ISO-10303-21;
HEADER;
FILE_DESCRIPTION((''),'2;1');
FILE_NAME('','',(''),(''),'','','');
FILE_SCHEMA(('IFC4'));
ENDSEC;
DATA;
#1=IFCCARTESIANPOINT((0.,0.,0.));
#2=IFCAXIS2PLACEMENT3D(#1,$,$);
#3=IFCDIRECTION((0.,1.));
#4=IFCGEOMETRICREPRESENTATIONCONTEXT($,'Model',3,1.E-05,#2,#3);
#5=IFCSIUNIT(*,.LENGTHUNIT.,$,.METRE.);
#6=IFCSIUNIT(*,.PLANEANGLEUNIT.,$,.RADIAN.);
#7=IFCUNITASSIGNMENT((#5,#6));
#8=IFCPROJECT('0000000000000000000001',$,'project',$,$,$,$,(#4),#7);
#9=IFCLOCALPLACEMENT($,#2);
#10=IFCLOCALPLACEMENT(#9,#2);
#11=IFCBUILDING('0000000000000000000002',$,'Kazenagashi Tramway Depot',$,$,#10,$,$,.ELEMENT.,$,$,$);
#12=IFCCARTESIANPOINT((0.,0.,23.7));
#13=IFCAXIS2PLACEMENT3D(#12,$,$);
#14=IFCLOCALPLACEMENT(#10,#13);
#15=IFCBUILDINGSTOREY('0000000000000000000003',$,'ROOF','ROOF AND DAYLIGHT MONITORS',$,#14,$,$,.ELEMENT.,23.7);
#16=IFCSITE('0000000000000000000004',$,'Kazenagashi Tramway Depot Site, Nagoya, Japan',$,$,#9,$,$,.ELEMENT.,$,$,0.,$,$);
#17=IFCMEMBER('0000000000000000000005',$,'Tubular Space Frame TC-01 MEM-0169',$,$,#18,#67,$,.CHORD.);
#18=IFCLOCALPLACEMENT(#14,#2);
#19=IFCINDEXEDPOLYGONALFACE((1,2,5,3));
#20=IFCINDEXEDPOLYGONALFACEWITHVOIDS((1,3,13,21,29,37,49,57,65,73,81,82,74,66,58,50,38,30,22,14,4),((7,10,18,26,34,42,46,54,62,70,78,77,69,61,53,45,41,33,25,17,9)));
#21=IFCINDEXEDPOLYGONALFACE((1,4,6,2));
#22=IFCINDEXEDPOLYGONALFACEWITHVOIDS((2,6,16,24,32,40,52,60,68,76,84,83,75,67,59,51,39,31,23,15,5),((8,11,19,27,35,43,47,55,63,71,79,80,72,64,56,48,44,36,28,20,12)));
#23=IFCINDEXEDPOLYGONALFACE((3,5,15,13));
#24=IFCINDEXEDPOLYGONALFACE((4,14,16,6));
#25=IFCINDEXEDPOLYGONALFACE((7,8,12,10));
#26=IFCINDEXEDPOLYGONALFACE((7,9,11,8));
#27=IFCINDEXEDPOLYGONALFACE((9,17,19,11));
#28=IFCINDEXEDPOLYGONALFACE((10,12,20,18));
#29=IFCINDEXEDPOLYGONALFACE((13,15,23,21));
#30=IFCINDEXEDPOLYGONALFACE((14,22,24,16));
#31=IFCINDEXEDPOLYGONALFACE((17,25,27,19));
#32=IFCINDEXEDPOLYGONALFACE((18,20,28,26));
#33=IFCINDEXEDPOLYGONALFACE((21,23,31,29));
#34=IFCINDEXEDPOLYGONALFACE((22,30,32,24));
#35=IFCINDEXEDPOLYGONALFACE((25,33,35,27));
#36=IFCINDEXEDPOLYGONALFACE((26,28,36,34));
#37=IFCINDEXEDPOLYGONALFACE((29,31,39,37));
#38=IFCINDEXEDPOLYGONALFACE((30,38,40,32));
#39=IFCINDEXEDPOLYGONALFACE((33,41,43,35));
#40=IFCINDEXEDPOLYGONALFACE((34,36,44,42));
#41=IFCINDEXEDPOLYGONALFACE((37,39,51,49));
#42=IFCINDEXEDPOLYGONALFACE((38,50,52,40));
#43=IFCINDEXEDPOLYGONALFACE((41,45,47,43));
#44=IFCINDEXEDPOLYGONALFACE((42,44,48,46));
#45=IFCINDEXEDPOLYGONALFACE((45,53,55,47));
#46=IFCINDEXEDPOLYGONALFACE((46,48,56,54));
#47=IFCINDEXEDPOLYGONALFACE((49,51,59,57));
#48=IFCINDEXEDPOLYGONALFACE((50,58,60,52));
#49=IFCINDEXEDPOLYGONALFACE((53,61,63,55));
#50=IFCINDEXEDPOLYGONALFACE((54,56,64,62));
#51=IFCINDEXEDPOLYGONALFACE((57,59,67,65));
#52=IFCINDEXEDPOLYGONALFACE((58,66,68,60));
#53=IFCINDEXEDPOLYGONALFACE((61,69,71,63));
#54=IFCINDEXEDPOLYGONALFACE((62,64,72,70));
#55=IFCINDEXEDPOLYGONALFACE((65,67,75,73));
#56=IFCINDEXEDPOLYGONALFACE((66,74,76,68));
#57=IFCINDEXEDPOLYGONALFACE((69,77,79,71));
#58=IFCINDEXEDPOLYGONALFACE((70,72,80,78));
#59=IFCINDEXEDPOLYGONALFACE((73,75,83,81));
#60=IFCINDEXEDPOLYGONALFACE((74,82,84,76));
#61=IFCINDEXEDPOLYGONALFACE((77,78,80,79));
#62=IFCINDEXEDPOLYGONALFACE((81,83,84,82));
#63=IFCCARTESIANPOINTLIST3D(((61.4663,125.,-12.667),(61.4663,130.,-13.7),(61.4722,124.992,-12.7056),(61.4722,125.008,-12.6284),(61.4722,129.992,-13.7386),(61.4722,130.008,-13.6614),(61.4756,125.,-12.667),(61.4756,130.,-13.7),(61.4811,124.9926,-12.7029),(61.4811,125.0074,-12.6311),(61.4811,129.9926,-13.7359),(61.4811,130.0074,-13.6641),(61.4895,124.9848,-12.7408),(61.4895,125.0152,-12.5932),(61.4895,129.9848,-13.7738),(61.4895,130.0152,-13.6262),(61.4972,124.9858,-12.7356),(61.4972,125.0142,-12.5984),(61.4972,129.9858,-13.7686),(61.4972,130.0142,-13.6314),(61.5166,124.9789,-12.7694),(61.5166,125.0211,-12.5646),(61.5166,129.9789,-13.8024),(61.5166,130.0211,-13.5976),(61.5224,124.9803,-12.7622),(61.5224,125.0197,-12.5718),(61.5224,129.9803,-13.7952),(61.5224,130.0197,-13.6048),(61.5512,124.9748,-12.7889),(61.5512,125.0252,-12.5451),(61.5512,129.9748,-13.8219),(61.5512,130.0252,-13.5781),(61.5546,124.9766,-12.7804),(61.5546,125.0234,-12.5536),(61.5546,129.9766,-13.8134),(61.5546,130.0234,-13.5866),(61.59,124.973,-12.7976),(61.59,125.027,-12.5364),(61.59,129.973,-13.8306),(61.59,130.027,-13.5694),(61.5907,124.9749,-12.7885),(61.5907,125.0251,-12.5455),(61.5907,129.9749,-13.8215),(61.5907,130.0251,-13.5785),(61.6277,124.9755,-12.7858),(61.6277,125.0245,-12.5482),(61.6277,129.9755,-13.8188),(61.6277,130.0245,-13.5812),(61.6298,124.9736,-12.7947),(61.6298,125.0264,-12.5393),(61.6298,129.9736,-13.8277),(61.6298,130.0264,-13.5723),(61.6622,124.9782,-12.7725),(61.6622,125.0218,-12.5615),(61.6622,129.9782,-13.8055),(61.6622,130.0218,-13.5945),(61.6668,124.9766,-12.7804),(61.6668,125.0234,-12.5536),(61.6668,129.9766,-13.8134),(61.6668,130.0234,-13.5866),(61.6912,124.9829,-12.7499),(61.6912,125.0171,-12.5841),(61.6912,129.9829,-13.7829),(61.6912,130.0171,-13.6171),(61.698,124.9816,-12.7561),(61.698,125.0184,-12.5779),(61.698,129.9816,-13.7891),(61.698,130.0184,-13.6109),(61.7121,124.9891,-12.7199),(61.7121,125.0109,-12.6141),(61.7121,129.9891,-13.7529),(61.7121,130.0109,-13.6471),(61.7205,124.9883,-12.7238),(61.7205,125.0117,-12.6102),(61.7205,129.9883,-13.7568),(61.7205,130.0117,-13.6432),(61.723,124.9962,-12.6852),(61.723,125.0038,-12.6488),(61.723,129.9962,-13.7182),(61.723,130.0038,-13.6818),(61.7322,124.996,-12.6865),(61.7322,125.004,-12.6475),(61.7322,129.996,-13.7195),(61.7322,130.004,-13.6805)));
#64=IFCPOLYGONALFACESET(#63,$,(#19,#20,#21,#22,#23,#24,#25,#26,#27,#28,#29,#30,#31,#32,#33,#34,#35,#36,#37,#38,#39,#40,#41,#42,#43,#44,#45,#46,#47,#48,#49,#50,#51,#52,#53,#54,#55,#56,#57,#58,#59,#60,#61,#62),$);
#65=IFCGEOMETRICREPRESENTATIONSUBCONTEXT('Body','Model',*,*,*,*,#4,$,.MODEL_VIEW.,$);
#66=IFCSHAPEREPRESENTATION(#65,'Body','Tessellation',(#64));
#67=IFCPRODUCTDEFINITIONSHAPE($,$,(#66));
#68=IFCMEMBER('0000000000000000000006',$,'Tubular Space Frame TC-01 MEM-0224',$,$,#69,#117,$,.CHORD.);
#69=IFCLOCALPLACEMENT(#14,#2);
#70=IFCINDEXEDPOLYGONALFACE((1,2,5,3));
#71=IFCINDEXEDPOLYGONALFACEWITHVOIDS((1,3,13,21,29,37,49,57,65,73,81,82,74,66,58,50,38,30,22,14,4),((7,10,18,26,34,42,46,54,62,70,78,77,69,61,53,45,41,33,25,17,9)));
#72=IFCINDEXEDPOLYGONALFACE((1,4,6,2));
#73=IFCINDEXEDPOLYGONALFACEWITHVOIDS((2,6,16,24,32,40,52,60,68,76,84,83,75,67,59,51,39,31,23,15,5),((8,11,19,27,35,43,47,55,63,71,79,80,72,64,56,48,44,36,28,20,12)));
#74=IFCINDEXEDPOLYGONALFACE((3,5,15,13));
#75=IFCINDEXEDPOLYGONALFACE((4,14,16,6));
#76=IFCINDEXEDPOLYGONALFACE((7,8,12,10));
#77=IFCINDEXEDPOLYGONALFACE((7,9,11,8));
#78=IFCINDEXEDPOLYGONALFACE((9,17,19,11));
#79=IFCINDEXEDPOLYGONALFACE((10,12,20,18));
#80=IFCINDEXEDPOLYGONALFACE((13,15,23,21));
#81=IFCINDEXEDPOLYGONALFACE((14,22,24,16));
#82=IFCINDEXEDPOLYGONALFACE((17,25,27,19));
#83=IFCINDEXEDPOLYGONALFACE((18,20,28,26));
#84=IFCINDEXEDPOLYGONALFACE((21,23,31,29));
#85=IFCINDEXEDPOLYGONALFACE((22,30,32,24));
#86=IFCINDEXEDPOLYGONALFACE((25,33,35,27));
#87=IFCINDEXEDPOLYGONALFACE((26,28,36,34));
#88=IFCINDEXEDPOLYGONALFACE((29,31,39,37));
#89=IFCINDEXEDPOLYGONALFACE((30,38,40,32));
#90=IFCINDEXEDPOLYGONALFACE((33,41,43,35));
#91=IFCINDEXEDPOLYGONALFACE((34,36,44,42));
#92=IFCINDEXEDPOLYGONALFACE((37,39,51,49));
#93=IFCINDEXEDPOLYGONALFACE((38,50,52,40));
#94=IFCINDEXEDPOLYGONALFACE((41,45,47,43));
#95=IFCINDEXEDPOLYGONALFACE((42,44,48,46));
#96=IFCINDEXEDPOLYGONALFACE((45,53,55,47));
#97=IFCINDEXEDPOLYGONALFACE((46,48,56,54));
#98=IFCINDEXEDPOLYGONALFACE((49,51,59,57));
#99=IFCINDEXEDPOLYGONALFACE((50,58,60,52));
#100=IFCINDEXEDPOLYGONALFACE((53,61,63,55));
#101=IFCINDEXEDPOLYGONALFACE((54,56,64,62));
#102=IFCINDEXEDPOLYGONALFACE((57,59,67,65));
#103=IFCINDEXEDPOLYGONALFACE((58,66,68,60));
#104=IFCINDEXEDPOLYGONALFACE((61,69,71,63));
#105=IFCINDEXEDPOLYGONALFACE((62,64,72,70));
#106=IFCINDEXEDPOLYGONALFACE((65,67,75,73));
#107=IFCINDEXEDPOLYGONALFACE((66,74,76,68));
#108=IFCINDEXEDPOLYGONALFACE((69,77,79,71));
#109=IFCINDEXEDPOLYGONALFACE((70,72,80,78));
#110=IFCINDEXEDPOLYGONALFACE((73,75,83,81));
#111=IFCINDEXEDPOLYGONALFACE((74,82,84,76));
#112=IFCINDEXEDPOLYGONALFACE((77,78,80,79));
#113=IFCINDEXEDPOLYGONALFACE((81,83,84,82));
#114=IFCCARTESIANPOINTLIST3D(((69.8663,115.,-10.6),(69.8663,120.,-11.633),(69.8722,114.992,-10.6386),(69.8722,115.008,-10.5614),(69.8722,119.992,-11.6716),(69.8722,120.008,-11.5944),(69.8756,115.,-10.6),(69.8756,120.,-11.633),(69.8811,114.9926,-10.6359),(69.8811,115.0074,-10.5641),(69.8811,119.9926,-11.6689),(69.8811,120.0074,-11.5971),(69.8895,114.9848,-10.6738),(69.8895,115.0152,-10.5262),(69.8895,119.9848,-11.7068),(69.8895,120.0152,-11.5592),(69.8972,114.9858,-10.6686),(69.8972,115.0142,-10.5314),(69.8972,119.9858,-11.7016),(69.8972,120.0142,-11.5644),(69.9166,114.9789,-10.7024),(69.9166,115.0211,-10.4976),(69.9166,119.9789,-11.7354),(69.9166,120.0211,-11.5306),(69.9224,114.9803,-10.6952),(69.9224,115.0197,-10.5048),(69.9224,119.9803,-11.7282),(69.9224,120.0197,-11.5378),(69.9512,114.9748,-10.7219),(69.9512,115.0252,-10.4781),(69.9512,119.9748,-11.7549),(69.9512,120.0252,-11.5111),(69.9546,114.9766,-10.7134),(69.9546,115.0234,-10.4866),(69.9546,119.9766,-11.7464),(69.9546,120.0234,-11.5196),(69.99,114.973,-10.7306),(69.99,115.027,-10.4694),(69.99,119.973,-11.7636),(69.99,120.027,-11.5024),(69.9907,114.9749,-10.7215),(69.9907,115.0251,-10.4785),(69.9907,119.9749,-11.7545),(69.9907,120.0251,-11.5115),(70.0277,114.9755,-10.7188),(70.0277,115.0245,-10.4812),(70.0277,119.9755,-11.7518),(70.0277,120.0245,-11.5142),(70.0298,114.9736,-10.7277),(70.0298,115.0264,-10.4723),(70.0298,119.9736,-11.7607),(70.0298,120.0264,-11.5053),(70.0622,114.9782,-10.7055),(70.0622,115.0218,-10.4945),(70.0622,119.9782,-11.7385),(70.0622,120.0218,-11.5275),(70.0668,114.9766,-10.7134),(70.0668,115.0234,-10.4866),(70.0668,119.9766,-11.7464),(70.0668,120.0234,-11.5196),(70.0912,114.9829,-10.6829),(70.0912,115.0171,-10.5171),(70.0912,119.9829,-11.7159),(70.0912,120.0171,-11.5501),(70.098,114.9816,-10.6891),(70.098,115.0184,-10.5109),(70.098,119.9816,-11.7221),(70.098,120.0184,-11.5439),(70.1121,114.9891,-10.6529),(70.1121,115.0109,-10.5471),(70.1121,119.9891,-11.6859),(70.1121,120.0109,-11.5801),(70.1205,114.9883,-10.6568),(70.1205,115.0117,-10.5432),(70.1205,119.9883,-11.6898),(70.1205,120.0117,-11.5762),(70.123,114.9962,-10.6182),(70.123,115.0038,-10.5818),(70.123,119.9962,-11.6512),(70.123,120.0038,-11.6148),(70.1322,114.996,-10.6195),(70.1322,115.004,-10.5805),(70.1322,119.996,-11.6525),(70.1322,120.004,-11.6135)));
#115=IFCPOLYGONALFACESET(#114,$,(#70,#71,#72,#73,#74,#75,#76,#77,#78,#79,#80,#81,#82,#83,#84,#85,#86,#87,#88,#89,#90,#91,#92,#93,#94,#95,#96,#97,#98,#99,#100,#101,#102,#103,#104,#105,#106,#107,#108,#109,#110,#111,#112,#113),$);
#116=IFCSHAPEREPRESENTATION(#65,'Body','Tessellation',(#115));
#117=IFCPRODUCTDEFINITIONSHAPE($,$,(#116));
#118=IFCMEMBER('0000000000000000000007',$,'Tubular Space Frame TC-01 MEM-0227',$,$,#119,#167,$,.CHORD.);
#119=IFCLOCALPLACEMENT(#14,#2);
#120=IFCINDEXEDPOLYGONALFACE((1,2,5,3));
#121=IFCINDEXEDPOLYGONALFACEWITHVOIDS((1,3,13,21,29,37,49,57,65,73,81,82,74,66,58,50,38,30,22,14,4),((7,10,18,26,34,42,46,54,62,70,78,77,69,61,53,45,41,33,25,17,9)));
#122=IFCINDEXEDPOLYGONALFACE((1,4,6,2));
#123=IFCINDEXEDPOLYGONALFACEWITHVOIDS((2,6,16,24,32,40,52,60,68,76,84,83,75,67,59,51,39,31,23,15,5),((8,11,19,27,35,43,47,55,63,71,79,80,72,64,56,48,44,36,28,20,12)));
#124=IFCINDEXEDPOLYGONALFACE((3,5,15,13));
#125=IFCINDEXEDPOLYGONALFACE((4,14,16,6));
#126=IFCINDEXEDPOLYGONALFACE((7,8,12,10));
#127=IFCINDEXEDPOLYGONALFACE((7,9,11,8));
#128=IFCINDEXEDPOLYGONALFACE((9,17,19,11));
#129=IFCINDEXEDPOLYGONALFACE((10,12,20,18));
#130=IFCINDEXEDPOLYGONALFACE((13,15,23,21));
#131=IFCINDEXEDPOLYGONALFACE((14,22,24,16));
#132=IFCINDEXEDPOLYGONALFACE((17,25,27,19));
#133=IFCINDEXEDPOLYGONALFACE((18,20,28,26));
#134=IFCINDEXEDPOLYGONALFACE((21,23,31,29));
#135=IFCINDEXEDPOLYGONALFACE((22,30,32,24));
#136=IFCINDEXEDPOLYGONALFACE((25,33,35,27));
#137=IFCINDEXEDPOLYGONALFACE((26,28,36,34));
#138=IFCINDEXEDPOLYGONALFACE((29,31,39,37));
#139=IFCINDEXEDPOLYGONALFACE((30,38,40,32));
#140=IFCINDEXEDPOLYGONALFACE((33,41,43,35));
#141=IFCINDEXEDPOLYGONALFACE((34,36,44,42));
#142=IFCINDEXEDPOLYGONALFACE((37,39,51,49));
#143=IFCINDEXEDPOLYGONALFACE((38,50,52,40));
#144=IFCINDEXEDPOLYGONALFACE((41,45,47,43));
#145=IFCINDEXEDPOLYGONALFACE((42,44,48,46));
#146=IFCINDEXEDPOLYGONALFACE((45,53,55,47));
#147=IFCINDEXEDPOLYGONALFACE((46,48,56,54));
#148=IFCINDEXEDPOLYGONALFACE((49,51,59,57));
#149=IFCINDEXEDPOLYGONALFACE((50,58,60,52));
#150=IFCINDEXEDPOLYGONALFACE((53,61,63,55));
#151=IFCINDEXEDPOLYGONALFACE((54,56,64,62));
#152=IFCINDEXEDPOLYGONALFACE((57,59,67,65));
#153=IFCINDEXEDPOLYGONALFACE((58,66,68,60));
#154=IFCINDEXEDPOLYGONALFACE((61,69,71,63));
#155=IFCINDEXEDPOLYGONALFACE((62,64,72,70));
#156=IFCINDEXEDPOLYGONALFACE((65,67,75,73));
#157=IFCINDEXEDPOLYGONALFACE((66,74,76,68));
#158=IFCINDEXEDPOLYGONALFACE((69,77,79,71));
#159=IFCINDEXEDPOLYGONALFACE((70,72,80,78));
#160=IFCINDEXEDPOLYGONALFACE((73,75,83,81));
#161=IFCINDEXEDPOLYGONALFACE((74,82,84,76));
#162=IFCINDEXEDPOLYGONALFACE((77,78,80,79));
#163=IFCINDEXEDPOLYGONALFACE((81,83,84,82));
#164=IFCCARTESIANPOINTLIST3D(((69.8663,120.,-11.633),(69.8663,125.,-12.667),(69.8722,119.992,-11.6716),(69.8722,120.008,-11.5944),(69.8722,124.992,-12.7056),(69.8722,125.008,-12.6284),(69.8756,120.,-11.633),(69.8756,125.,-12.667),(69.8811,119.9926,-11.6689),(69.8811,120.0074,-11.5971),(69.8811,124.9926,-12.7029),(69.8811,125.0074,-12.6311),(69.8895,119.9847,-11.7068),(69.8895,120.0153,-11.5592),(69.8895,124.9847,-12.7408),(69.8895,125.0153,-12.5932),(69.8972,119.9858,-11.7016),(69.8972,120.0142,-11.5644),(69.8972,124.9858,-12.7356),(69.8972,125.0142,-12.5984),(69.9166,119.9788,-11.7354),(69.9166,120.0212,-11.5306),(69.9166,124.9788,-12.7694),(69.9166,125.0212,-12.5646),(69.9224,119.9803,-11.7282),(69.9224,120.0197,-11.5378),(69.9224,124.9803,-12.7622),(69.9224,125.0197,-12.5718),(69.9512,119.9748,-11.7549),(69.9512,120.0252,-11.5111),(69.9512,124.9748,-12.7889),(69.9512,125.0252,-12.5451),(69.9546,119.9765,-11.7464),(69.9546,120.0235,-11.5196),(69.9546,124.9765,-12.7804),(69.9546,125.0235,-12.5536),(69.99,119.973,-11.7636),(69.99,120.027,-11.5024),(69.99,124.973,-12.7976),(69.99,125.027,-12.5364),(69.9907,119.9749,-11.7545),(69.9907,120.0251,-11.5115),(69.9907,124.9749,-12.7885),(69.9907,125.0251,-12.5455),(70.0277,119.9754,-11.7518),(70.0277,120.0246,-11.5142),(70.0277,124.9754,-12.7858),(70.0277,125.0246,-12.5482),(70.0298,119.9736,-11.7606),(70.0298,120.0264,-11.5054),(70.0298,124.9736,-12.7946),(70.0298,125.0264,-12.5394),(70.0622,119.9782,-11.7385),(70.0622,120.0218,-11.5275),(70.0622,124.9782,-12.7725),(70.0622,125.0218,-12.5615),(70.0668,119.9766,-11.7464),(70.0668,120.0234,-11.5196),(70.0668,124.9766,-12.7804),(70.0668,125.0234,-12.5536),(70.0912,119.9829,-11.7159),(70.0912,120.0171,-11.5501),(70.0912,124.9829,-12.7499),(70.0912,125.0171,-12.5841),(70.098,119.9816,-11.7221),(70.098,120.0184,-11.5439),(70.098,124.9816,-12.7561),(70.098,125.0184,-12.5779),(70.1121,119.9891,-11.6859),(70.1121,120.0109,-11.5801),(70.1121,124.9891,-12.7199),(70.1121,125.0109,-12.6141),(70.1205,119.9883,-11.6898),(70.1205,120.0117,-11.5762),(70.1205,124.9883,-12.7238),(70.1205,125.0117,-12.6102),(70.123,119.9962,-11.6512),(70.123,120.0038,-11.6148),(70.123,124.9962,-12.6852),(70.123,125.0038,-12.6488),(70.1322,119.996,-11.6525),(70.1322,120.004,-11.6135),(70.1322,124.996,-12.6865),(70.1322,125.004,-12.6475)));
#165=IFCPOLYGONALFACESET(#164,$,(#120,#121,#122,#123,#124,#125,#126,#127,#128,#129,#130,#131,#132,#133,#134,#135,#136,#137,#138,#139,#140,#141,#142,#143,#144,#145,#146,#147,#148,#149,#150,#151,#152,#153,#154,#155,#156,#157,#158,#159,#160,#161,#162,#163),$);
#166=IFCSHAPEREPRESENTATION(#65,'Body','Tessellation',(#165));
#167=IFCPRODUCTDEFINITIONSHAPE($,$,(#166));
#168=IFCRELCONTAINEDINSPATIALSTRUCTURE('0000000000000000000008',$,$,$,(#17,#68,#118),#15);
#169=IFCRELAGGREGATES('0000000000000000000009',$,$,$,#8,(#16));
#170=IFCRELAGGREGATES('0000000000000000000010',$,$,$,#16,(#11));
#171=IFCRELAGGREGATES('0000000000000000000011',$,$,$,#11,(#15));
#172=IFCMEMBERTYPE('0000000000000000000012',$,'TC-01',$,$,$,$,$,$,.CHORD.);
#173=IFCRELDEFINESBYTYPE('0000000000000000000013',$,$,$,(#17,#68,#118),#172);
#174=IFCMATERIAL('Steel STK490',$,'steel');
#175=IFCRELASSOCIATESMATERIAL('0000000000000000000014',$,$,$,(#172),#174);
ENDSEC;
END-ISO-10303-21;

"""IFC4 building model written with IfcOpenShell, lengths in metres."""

from ifc_helpers import new_model, si_unit, direction, frame, origin, origin_2d, place, context, subcontext, project, spatial, hollow_circle, extrude, material, material_profile, profile_set, type_object, element, save


model = new_model("IFC4")

# Units and contexts
model_context = context("Model", 3, precision=1e-05, world=origin(), true_north=direction((0.0, 1.0)))
body_context = subcontext(model_context, "Body", "Model", "MODEL_VIEW")
ifc_project = project(units=[si_unit("LENGTHUNIT", "METRE"), si_unit("PLANEANGLEUNIT", "RADIAN")], contexts=[model_context])

# Site, building, storey
site_placement = place(None, origin())
site = spatial("IfcSite", under=ifc_project, at=site_placement, Name="Kazenagashi Tramway Depot Site, Nagoya, Japan", CompositionType="ELEMENT", RefElevation=0.0)
building_placement = place(site_placement, origin())
building = spatial("IfcBuilding", under=site, at=building_placement, Name="Kazenagashi Tramway Depot", CompositionType="ELEMENT")
storey_placement = place(building_placement, frame((0.0, 0.0, 23.7)))
storey = spatial("IfcBuildingStorey", under=building, at=storey_placement, Name="ROOF", Description="ROOF AND DAYLIGHT MONITORS", CompositionType="ELEMENT", Elevation=23.7)

# Members
ifc_material_1 = material(Name="Steel STK490", Category="steel")
ifc_material_profile_1 = material_profile(ifc_material_1, hollow_circle(Radius=0.1337, WallThickness=0.0093, at=origin_2d()), Name="CHS-267.4x9.3")
ifc_profile_set_1 = profile_set([ifc_material_profile_1], Name="Steel STK490")
member_type_1 = type_object("IfcMemberType", Name="TC-01", PredefinedType="CHORD", material=ifc_profile_set_1)
for number, where, z_axis, x_axis, name in (
    (1, (61.6, 125.0, -12.667), (0.0, 0.979318, -0.202327), (-1.0, 0.0, 0.0), "Tubular Space Frame TC-01 MEM-0169"),
    (2, (70.0, 115.0, -10.6), (0.0, 0.979318, -0.202327), (-1.0, 0.0, 0.0), "Tubular Space Frame TC-01 MEM-0224"),
):
    element("IfcMember", number, at=place(storey_placement, frame(where, z_axis=z_axis, x_axis=x_axis)), inside=storey, type_object=member_type_1, Name=name, PredefinedType="CHORD", context=body_context, shape_type="SweptSolid", body=[
        extrude(hollow_circle(Radius=0.1337, WallThickness=0.0093, at=origin_2d()), origin(), (0.0, 0.0, 1.0), 5.1056),
    ])
member_1_placement = place(storey_placement, frame((70.0, 120.0, -11.633), z_axis=(0.0, 0.979279, -0.202515), x_axis=(-1.0, 0.0, 0.0)))
element("IfcMember", 3, at=member_1_placement, inside=storey, type_object=member_type_1, Name="Tubular Space Frame TC-01 MEM-0227", PredefinedType="CHORD", context=body_context, shape_type="SweptSolid", body=[
    extrude(hollow_circle(Radius=0.1337, WallThickness=0.0093, at=origin_2d()), origin(), (0.0, 0.0, 1.0), 5.1058),
])

save(model, "model.ifc")
